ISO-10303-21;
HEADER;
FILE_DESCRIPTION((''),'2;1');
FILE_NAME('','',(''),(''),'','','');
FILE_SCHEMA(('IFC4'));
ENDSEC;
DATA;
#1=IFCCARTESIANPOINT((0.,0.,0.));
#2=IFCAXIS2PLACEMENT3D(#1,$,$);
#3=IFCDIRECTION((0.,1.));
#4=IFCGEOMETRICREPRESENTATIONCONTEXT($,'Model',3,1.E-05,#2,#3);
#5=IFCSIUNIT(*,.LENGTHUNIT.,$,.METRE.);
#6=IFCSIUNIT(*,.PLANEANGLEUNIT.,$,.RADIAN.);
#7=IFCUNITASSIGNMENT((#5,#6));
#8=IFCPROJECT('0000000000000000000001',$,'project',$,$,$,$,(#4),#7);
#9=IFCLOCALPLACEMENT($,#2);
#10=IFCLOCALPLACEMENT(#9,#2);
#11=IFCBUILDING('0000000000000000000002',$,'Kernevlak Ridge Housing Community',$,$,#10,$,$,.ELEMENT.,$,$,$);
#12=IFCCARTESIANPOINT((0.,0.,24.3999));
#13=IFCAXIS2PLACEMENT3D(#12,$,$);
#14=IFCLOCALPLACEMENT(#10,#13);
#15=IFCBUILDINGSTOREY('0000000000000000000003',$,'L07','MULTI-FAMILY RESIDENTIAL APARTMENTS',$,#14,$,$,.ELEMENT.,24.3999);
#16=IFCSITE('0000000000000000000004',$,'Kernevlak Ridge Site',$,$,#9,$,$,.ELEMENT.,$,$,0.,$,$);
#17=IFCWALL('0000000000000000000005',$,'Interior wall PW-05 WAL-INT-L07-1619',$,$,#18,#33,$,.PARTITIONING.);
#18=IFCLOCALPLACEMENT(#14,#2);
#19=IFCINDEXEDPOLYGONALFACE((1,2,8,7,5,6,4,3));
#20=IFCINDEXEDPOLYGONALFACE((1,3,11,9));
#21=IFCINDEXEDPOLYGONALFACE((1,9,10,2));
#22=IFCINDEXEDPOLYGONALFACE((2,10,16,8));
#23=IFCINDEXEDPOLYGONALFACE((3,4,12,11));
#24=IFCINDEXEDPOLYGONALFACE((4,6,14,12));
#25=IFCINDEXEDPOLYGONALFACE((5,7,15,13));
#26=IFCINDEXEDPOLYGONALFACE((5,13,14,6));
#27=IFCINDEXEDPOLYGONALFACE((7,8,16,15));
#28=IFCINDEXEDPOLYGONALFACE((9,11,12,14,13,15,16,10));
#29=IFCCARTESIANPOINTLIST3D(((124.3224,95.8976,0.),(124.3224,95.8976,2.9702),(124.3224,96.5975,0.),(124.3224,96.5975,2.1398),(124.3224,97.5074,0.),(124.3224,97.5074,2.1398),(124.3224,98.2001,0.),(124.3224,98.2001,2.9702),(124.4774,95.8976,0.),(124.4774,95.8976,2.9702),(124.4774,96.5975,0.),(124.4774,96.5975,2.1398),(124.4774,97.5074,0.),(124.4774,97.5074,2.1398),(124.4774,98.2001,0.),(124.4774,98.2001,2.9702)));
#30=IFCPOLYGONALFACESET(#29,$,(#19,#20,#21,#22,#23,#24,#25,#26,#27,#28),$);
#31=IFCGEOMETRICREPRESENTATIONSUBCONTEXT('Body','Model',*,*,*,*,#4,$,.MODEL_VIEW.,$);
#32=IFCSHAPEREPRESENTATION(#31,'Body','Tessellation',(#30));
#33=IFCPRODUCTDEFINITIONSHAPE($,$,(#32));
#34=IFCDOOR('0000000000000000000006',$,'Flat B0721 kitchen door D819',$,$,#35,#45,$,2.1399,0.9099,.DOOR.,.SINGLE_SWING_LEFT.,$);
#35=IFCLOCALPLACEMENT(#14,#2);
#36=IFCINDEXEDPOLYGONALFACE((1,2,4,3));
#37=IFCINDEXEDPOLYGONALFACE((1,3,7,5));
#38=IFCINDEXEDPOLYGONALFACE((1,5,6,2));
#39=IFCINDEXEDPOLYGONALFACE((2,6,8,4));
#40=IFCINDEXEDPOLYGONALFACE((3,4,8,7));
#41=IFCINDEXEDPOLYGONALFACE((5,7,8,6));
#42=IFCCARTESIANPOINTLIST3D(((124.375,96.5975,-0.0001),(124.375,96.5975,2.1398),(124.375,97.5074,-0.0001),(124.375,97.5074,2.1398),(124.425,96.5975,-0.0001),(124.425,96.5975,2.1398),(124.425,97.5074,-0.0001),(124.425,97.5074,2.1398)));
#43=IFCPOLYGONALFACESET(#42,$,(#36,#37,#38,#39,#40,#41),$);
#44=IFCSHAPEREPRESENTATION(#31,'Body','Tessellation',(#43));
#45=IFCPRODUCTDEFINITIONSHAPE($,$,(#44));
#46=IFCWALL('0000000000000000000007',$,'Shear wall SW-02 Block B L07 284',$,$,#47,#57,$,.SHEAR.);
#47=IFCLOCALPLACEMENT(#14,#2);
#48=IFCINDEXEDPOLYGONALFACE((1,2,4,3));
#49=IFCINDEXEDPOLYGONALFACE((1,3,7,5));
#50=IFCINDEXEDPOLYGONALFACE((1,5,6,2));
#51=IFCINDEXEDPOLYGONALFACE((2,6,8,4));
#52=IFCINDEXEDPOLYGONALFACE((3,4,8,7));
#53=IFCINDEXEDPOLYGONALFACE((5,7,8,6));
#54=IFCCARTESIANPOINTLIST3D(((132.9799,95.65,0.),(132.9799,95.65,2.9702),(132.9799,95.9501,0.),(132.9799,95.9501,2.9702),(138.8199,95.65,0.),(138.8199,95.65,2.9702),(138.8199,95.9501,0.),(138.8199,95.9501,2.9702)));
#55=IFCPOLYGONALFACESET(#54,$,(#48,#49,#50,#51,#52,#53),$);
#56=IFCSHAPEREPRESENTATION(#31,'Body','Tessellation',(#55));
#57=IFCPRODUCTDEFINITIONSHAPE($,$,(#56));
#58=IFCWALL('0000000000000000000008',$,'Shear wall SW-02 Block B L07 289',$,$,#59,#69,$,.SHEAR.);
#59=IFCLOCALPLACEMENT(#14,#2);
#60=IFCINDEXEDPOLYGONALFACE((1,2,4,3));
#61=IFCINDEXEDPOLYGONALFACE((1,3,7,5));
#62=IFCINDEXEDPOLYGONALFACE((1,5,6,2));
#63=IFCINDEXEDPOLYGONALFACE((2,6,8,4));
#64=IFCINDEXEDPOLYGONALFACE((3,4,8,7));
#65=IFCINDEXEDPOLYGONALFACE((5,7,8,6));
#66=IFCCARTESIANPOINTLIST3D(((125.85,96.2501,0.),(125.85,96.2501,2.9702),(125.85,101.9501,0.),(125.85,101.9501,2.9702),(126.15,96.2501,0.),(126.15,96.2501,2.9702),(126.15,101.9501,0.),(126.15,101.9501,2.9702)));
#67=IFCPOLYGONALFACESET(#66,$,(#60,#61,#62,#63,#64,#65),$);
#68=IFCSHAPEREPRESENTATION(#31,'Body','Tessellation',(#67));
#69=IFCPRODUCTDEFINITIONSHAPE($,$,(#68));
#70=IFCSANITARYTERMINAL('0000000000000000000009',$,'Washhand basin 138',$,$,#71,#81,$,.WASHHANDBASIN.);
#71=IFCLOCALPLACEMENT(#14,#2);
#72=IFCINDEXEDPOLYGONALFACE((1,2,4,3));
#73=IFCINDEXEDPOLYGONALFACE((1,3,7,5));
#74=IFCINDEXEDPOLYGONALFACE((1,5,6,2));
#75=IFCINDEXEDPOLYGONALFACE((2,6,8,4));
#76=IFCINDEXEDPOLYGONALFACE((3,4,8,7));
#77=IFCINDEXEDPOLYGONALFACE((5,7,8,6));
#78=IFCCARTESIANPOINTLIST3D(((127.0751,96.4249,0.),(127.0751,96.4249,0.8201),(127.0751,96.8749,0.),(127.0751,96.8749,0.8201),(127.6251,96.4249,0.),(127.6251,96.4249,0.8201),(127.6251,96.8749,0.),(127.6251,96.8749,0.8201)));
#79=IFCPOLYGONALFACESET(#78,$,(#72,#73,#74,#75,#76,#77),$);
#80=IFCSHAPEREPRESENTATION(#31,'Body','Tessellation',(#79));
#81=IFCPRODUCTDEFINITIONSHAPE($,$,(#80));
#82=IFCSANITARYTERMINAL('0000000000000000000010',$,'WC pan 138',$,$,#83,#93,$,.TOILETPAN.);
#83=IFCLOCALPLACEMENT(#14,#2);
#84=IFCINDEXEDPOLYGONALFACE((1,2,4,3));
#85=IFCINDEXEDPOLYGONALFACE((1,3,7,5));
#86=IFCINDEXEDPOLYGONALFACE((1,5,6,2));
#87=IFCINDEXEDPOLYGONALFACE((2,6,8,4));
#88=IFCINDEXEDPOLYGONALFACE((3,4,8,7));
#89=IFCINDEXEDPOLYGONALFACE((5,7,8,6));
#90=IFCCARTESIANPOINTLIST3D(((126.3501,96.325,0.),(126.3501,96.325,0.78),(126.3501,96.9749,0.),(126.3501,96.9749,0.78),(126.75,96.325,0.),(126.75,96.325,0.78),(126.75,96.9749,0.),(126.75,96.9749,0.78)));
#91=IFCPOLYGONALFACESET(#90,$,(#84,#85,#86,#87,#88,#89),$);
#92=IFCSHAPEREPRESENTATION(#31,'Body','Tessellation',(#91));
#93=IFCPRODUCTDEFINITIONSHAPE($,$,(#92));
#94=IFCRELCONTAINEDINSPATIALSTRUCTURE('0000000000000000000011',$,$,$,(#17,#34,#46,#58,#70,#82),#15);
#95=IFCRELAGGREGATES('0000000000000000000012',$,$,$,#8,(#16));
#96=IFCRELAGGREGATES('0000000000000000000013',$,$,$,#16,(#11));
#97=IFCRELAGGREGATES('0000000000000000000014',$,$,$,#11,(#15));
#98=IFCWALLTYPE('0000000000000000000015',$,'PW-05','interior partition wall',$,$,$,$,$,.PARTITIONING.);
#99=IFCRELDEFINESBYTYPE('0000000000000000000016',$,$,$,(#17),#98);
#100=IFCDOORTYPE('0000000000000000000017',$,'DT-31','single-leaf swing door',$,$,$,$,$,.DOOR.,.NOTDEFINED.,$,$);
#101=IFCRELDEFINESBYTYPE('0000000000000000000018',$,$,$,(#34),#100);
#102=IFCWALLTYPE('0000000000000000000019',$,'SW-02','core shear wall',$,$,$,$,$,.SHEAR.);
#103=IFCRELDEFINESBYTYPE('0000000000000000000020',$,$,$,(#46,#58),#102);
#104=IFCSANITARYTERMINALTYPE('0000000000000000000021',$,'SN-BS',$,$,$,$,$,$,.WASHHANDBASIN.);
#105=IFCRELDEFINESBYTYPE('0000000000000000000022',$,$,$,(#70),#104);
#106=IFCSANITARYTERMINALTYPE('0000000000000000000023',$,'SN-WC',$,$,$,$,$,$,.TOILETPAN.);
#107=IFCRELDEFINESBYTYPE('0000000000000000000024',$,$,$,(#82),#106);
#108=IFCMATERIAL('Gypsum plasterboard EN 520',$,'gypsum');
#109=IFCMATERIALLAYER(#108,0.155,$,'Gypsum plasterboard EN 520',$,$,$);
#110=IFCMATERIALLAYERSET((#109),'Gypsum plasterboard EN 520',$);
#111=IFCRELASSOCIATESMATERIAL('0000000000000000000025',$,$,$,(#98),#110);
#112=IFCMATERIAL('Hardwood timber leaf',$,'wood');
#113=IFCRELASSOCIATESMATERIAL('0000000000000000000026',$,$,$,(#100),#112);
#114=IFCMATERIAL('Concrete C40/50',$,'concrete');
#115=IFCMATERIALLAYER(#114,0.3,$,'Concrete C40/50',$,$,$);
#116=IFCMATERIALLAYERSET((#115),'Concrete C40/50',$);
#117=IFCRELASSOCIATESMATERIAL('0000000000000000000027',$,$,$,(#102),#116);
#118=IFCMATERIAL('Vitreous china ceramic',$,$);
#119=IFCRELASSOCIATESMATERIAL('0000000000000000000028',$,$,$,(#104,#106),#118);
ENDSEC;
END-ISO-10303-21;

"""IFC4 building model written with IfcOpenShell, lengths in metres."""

from ifc_helpers import new_model, si_unit, direction, frame, frame_2d, origin, origin_2d, place, context, subcontext, project, spatial, rectangle, extrude, material, layer, layer_set, type_object, element, fill, save


model = new_model("IFC4")

# Units and contexts
model_context = context("Model", 3, precision=1e-05, world=origin(), true_north=direction((0.0, 1.0)))
body_context = subcontext(model_context, "Body", "Model", "MODEL_VIEW")
ifc_project = project(units=[si_unit("LENGTHUNIT", "METRE"), si_unit("PLANEANGLEUNIT", "RADIAN")], contexts=[model_context])

# Site, building, storey
site_placement = place(None, origin())
site = spatial("IfcSite", under=ifc_project, at=site_placement, Name="Kernevlak Ridge Site", CompositionType="ELEMENT", RefElevation=0.0)
building_placement = place(site_placement, origin())
building = spatial("IfcBuilding", under=site, at=building_placement, Name="Kernevlak Ridge Housing Community", CompositionType="ELEMENT")
storey_placement = place(building_placement, frame((0.0, 0.0, 24.3999)))
storey = spatial("IfcBuildingStorey", under=building, at=storey_placement, Name="L07", Description="MULTI-FAMILY RESIDENTIAL APARTMENTS", CompositionType="ELEMENT", Elevation=24.3999)

# Shared definitions
ifc_material_1 = material(Name="Concrete C40/50", Category="concrete")

# Wall, opening, door
ifc_material_2 = material(Name="Gypsum plasterboard EN 520", Category="gypsum")
ifc_layer_1 = layer(ifc_material_2, 0.155, Name="Gypsum plasterboard EN 520")
ifc_layer_set_1 = layer_set([ifc_layer_1], Name="Gypsum plasterboard EN 520")
wall_type_1 = type_object("IfcWallType", Name="PW-05", Description="interior partition wall", PredefinedType="PARTITIONING", material=ifc_layer_set_1)
wall_1_placement = place(storey_placement, frame((124.3999, 95.8975, 0.0), z_axis=(0.0, 0.0, 1.0), x_axis=(0.0, 1.0, 0.0)))
wall_1 = element("IfcWall", 1, at=wall_1_placement, inside=storey, type_object=wall_type_1, Name="Interior wall PW-05 WAL-INT-L07-1619", PredefinedType="PARTITIONING", context=body_context, shape_type="SweptSolid", body=[
    extrude(rectangle(XDim=2.3025, YDim=0.155, at=frame_2d((1.1514, 0.0))), origin(), (0.0, 0.0, 1.0), 2.9702),
])
opening_1_placement = place(wall_1_placement, frame((0.7, 0.0, 0.0)))
opening_1 = element("IfcOpeningElement", 2, at=opening_1_placement, cuts=wall_1, PredefinedType="OPENING", context=body_context, shape_type="SweptSolid", body=[
    extrude(rectangle(XDim=0.9099, YDim=2.1399, at=frame_2d((0.4551, 1.0698))), frame((0.0, 0.0874, 0.0), z_axis=(0.0, -1.0, 0.0), x_axis=(1.0, 0.0, 0.0)), (0.0, 0.0, 1.0), 0.175),
])
ifc_material_3 = material(Name="Hardwood timber leaf", Category="wood")
door_type_1 = type_object("IfcDoorType", Name="DT-31", Description="single-leaf swing door", OperationType="NOTDEFINED", PredefinedType="DOOR", material=ifc_material_3)
door_1_placement = place(opening_1_placement, origin())
door_1 = element("IfcDoor", 3, at=door_1_placement, inside=storey, type_object=door_type_1, Name="Flat B0721 kitchen door D819", OperationType="SINGLE_SWING_LEFT", OverallHeight=2.1399, OverallWidth=0.9099, PredefinedType="DOOR", context=body_context, shape_type="SweptSolid", body=[
    extrude(rectangle(XDim=0.9099, YDim=2.1399, at=frame_2d((0.4551, 1.0698))), frame((0.0, 0.0249, 0.0), z_axis=(0.0, -1.0, 0.0), x_axis=(1.0, 0.0, 0.0)), (0.0, 0.0, 1.0), 0.05),
])
fill(opening_1, door_1)

# Walls
ifc_layer_2 = layer(ifc_material_1, 0.3, Name="Concrete C40/50")
ifc_layer_set_2 = layer_set([ifc_layer_2], Name="Concrete C40/50")
wall_type_2 = type_object("IfcWallType", Name="SW-02", Description="core shear wall", PredefinedType="SHEAR", material=ifc_layer_set_2)
wall_2_placement = place(storey_placement, frame((132.98, 95.8, 0.0), z_axis=(0.0, 0.0, 1.0), x_axis=(1.0, 0.0, 0.0)))
element("IfcWall", 4, at=wall_2_placement, inside=storey, type_object=wall_type_2, Name="Shear wall SW-02 Block B L07 284", PredefinedType="SHEAR", context=body_context, shape_type="SweptSolid", body=[
    extrude(rectangle(XDim=5.8401, YDim=0.3, at=frame_2d((2.9199, 0.0))), origin(), (0.0, 0.0, 1.0), 2.9702),
])
wall_3_placement = place(storey_placement, frame((126.0, 96.25, 0.0), z_axis=(0.0, 0.0, 1.0), x_axis=(0.0, 1.0, 0.0)))
element("IfcWall", 5, at=wall_3_placement, inside=storey, type_object=wall_type_2, Name="Shear wall SW-02 Block B L07 289", PredefinedType="SHEAR", context=body_context, shape_type="SweptSolid", body=[
    extrude(rectangle(XDim=5.7, YDim=0.3, at=frame_2d((2.8501, 0.0))), origin(), (0.0, 0.0, 1.0), 2.9702),
])

# Sanitary terminals
ifc_material_4 = material(Name="Vitreous china ceramic")
sanitary_terminal_type_1 = type_object("IfcSanitaryTerminalType", Name="SN-BS", PredefinedType="WASHHANDBASIN", material=ifc_material_4)
sanitary_terminal_1_placement = place(storey_placement, frame((127.3501, 96.6499, 0.0), z_axis=(0.0, 0.0, 1.0), x_axis=(1.0, 0.0, 0.0)))
element("IfcSanitaryTerminal", 6, at=sanitary_terminal_1_placement, inside=storey, type_object=sanitary_terminal_type_1, Name="Washhand basin 138", PredefinedType="WASHHANDBASIN", context=body_context, shape_type="SweptSolid", body=[
    extrude(rectangle(XDim=0.55, YDim=0.45, at=origin_2d()), origin(), (0.0, 0.0, 1.0), 0.8201),
])
sanitary_terminal_type_2 = type_object("IfcSanitaryTerminalType", Name="SN-WC", PredefinedType="TOILETPAN", material=ifc_material_4)
sanitary_terminal_2_placement = place(storey_placement, frame((126.55, 96.6499, 0.0), z_axis=(0.0, 0.0, 1.0), x_axis=(1.0, 0.0, 0.0)))
element("IfcSanitaryTerminal", 7, at=sanitary_terminal_2_placement, inside=storey, type_object=sanitary_terminal_type_2, Name="WC pan 138", PredefinedType="TOILETPAN", context=body_context, shape_type="SweptSolid", body=[
    extrude(rectangle(XDim=0.3999, YDim=0.6499, at=origin_2d()), origin(), (0.0, 0.0, 1.0), 0.78),
])

save(model, "model.ifc")
